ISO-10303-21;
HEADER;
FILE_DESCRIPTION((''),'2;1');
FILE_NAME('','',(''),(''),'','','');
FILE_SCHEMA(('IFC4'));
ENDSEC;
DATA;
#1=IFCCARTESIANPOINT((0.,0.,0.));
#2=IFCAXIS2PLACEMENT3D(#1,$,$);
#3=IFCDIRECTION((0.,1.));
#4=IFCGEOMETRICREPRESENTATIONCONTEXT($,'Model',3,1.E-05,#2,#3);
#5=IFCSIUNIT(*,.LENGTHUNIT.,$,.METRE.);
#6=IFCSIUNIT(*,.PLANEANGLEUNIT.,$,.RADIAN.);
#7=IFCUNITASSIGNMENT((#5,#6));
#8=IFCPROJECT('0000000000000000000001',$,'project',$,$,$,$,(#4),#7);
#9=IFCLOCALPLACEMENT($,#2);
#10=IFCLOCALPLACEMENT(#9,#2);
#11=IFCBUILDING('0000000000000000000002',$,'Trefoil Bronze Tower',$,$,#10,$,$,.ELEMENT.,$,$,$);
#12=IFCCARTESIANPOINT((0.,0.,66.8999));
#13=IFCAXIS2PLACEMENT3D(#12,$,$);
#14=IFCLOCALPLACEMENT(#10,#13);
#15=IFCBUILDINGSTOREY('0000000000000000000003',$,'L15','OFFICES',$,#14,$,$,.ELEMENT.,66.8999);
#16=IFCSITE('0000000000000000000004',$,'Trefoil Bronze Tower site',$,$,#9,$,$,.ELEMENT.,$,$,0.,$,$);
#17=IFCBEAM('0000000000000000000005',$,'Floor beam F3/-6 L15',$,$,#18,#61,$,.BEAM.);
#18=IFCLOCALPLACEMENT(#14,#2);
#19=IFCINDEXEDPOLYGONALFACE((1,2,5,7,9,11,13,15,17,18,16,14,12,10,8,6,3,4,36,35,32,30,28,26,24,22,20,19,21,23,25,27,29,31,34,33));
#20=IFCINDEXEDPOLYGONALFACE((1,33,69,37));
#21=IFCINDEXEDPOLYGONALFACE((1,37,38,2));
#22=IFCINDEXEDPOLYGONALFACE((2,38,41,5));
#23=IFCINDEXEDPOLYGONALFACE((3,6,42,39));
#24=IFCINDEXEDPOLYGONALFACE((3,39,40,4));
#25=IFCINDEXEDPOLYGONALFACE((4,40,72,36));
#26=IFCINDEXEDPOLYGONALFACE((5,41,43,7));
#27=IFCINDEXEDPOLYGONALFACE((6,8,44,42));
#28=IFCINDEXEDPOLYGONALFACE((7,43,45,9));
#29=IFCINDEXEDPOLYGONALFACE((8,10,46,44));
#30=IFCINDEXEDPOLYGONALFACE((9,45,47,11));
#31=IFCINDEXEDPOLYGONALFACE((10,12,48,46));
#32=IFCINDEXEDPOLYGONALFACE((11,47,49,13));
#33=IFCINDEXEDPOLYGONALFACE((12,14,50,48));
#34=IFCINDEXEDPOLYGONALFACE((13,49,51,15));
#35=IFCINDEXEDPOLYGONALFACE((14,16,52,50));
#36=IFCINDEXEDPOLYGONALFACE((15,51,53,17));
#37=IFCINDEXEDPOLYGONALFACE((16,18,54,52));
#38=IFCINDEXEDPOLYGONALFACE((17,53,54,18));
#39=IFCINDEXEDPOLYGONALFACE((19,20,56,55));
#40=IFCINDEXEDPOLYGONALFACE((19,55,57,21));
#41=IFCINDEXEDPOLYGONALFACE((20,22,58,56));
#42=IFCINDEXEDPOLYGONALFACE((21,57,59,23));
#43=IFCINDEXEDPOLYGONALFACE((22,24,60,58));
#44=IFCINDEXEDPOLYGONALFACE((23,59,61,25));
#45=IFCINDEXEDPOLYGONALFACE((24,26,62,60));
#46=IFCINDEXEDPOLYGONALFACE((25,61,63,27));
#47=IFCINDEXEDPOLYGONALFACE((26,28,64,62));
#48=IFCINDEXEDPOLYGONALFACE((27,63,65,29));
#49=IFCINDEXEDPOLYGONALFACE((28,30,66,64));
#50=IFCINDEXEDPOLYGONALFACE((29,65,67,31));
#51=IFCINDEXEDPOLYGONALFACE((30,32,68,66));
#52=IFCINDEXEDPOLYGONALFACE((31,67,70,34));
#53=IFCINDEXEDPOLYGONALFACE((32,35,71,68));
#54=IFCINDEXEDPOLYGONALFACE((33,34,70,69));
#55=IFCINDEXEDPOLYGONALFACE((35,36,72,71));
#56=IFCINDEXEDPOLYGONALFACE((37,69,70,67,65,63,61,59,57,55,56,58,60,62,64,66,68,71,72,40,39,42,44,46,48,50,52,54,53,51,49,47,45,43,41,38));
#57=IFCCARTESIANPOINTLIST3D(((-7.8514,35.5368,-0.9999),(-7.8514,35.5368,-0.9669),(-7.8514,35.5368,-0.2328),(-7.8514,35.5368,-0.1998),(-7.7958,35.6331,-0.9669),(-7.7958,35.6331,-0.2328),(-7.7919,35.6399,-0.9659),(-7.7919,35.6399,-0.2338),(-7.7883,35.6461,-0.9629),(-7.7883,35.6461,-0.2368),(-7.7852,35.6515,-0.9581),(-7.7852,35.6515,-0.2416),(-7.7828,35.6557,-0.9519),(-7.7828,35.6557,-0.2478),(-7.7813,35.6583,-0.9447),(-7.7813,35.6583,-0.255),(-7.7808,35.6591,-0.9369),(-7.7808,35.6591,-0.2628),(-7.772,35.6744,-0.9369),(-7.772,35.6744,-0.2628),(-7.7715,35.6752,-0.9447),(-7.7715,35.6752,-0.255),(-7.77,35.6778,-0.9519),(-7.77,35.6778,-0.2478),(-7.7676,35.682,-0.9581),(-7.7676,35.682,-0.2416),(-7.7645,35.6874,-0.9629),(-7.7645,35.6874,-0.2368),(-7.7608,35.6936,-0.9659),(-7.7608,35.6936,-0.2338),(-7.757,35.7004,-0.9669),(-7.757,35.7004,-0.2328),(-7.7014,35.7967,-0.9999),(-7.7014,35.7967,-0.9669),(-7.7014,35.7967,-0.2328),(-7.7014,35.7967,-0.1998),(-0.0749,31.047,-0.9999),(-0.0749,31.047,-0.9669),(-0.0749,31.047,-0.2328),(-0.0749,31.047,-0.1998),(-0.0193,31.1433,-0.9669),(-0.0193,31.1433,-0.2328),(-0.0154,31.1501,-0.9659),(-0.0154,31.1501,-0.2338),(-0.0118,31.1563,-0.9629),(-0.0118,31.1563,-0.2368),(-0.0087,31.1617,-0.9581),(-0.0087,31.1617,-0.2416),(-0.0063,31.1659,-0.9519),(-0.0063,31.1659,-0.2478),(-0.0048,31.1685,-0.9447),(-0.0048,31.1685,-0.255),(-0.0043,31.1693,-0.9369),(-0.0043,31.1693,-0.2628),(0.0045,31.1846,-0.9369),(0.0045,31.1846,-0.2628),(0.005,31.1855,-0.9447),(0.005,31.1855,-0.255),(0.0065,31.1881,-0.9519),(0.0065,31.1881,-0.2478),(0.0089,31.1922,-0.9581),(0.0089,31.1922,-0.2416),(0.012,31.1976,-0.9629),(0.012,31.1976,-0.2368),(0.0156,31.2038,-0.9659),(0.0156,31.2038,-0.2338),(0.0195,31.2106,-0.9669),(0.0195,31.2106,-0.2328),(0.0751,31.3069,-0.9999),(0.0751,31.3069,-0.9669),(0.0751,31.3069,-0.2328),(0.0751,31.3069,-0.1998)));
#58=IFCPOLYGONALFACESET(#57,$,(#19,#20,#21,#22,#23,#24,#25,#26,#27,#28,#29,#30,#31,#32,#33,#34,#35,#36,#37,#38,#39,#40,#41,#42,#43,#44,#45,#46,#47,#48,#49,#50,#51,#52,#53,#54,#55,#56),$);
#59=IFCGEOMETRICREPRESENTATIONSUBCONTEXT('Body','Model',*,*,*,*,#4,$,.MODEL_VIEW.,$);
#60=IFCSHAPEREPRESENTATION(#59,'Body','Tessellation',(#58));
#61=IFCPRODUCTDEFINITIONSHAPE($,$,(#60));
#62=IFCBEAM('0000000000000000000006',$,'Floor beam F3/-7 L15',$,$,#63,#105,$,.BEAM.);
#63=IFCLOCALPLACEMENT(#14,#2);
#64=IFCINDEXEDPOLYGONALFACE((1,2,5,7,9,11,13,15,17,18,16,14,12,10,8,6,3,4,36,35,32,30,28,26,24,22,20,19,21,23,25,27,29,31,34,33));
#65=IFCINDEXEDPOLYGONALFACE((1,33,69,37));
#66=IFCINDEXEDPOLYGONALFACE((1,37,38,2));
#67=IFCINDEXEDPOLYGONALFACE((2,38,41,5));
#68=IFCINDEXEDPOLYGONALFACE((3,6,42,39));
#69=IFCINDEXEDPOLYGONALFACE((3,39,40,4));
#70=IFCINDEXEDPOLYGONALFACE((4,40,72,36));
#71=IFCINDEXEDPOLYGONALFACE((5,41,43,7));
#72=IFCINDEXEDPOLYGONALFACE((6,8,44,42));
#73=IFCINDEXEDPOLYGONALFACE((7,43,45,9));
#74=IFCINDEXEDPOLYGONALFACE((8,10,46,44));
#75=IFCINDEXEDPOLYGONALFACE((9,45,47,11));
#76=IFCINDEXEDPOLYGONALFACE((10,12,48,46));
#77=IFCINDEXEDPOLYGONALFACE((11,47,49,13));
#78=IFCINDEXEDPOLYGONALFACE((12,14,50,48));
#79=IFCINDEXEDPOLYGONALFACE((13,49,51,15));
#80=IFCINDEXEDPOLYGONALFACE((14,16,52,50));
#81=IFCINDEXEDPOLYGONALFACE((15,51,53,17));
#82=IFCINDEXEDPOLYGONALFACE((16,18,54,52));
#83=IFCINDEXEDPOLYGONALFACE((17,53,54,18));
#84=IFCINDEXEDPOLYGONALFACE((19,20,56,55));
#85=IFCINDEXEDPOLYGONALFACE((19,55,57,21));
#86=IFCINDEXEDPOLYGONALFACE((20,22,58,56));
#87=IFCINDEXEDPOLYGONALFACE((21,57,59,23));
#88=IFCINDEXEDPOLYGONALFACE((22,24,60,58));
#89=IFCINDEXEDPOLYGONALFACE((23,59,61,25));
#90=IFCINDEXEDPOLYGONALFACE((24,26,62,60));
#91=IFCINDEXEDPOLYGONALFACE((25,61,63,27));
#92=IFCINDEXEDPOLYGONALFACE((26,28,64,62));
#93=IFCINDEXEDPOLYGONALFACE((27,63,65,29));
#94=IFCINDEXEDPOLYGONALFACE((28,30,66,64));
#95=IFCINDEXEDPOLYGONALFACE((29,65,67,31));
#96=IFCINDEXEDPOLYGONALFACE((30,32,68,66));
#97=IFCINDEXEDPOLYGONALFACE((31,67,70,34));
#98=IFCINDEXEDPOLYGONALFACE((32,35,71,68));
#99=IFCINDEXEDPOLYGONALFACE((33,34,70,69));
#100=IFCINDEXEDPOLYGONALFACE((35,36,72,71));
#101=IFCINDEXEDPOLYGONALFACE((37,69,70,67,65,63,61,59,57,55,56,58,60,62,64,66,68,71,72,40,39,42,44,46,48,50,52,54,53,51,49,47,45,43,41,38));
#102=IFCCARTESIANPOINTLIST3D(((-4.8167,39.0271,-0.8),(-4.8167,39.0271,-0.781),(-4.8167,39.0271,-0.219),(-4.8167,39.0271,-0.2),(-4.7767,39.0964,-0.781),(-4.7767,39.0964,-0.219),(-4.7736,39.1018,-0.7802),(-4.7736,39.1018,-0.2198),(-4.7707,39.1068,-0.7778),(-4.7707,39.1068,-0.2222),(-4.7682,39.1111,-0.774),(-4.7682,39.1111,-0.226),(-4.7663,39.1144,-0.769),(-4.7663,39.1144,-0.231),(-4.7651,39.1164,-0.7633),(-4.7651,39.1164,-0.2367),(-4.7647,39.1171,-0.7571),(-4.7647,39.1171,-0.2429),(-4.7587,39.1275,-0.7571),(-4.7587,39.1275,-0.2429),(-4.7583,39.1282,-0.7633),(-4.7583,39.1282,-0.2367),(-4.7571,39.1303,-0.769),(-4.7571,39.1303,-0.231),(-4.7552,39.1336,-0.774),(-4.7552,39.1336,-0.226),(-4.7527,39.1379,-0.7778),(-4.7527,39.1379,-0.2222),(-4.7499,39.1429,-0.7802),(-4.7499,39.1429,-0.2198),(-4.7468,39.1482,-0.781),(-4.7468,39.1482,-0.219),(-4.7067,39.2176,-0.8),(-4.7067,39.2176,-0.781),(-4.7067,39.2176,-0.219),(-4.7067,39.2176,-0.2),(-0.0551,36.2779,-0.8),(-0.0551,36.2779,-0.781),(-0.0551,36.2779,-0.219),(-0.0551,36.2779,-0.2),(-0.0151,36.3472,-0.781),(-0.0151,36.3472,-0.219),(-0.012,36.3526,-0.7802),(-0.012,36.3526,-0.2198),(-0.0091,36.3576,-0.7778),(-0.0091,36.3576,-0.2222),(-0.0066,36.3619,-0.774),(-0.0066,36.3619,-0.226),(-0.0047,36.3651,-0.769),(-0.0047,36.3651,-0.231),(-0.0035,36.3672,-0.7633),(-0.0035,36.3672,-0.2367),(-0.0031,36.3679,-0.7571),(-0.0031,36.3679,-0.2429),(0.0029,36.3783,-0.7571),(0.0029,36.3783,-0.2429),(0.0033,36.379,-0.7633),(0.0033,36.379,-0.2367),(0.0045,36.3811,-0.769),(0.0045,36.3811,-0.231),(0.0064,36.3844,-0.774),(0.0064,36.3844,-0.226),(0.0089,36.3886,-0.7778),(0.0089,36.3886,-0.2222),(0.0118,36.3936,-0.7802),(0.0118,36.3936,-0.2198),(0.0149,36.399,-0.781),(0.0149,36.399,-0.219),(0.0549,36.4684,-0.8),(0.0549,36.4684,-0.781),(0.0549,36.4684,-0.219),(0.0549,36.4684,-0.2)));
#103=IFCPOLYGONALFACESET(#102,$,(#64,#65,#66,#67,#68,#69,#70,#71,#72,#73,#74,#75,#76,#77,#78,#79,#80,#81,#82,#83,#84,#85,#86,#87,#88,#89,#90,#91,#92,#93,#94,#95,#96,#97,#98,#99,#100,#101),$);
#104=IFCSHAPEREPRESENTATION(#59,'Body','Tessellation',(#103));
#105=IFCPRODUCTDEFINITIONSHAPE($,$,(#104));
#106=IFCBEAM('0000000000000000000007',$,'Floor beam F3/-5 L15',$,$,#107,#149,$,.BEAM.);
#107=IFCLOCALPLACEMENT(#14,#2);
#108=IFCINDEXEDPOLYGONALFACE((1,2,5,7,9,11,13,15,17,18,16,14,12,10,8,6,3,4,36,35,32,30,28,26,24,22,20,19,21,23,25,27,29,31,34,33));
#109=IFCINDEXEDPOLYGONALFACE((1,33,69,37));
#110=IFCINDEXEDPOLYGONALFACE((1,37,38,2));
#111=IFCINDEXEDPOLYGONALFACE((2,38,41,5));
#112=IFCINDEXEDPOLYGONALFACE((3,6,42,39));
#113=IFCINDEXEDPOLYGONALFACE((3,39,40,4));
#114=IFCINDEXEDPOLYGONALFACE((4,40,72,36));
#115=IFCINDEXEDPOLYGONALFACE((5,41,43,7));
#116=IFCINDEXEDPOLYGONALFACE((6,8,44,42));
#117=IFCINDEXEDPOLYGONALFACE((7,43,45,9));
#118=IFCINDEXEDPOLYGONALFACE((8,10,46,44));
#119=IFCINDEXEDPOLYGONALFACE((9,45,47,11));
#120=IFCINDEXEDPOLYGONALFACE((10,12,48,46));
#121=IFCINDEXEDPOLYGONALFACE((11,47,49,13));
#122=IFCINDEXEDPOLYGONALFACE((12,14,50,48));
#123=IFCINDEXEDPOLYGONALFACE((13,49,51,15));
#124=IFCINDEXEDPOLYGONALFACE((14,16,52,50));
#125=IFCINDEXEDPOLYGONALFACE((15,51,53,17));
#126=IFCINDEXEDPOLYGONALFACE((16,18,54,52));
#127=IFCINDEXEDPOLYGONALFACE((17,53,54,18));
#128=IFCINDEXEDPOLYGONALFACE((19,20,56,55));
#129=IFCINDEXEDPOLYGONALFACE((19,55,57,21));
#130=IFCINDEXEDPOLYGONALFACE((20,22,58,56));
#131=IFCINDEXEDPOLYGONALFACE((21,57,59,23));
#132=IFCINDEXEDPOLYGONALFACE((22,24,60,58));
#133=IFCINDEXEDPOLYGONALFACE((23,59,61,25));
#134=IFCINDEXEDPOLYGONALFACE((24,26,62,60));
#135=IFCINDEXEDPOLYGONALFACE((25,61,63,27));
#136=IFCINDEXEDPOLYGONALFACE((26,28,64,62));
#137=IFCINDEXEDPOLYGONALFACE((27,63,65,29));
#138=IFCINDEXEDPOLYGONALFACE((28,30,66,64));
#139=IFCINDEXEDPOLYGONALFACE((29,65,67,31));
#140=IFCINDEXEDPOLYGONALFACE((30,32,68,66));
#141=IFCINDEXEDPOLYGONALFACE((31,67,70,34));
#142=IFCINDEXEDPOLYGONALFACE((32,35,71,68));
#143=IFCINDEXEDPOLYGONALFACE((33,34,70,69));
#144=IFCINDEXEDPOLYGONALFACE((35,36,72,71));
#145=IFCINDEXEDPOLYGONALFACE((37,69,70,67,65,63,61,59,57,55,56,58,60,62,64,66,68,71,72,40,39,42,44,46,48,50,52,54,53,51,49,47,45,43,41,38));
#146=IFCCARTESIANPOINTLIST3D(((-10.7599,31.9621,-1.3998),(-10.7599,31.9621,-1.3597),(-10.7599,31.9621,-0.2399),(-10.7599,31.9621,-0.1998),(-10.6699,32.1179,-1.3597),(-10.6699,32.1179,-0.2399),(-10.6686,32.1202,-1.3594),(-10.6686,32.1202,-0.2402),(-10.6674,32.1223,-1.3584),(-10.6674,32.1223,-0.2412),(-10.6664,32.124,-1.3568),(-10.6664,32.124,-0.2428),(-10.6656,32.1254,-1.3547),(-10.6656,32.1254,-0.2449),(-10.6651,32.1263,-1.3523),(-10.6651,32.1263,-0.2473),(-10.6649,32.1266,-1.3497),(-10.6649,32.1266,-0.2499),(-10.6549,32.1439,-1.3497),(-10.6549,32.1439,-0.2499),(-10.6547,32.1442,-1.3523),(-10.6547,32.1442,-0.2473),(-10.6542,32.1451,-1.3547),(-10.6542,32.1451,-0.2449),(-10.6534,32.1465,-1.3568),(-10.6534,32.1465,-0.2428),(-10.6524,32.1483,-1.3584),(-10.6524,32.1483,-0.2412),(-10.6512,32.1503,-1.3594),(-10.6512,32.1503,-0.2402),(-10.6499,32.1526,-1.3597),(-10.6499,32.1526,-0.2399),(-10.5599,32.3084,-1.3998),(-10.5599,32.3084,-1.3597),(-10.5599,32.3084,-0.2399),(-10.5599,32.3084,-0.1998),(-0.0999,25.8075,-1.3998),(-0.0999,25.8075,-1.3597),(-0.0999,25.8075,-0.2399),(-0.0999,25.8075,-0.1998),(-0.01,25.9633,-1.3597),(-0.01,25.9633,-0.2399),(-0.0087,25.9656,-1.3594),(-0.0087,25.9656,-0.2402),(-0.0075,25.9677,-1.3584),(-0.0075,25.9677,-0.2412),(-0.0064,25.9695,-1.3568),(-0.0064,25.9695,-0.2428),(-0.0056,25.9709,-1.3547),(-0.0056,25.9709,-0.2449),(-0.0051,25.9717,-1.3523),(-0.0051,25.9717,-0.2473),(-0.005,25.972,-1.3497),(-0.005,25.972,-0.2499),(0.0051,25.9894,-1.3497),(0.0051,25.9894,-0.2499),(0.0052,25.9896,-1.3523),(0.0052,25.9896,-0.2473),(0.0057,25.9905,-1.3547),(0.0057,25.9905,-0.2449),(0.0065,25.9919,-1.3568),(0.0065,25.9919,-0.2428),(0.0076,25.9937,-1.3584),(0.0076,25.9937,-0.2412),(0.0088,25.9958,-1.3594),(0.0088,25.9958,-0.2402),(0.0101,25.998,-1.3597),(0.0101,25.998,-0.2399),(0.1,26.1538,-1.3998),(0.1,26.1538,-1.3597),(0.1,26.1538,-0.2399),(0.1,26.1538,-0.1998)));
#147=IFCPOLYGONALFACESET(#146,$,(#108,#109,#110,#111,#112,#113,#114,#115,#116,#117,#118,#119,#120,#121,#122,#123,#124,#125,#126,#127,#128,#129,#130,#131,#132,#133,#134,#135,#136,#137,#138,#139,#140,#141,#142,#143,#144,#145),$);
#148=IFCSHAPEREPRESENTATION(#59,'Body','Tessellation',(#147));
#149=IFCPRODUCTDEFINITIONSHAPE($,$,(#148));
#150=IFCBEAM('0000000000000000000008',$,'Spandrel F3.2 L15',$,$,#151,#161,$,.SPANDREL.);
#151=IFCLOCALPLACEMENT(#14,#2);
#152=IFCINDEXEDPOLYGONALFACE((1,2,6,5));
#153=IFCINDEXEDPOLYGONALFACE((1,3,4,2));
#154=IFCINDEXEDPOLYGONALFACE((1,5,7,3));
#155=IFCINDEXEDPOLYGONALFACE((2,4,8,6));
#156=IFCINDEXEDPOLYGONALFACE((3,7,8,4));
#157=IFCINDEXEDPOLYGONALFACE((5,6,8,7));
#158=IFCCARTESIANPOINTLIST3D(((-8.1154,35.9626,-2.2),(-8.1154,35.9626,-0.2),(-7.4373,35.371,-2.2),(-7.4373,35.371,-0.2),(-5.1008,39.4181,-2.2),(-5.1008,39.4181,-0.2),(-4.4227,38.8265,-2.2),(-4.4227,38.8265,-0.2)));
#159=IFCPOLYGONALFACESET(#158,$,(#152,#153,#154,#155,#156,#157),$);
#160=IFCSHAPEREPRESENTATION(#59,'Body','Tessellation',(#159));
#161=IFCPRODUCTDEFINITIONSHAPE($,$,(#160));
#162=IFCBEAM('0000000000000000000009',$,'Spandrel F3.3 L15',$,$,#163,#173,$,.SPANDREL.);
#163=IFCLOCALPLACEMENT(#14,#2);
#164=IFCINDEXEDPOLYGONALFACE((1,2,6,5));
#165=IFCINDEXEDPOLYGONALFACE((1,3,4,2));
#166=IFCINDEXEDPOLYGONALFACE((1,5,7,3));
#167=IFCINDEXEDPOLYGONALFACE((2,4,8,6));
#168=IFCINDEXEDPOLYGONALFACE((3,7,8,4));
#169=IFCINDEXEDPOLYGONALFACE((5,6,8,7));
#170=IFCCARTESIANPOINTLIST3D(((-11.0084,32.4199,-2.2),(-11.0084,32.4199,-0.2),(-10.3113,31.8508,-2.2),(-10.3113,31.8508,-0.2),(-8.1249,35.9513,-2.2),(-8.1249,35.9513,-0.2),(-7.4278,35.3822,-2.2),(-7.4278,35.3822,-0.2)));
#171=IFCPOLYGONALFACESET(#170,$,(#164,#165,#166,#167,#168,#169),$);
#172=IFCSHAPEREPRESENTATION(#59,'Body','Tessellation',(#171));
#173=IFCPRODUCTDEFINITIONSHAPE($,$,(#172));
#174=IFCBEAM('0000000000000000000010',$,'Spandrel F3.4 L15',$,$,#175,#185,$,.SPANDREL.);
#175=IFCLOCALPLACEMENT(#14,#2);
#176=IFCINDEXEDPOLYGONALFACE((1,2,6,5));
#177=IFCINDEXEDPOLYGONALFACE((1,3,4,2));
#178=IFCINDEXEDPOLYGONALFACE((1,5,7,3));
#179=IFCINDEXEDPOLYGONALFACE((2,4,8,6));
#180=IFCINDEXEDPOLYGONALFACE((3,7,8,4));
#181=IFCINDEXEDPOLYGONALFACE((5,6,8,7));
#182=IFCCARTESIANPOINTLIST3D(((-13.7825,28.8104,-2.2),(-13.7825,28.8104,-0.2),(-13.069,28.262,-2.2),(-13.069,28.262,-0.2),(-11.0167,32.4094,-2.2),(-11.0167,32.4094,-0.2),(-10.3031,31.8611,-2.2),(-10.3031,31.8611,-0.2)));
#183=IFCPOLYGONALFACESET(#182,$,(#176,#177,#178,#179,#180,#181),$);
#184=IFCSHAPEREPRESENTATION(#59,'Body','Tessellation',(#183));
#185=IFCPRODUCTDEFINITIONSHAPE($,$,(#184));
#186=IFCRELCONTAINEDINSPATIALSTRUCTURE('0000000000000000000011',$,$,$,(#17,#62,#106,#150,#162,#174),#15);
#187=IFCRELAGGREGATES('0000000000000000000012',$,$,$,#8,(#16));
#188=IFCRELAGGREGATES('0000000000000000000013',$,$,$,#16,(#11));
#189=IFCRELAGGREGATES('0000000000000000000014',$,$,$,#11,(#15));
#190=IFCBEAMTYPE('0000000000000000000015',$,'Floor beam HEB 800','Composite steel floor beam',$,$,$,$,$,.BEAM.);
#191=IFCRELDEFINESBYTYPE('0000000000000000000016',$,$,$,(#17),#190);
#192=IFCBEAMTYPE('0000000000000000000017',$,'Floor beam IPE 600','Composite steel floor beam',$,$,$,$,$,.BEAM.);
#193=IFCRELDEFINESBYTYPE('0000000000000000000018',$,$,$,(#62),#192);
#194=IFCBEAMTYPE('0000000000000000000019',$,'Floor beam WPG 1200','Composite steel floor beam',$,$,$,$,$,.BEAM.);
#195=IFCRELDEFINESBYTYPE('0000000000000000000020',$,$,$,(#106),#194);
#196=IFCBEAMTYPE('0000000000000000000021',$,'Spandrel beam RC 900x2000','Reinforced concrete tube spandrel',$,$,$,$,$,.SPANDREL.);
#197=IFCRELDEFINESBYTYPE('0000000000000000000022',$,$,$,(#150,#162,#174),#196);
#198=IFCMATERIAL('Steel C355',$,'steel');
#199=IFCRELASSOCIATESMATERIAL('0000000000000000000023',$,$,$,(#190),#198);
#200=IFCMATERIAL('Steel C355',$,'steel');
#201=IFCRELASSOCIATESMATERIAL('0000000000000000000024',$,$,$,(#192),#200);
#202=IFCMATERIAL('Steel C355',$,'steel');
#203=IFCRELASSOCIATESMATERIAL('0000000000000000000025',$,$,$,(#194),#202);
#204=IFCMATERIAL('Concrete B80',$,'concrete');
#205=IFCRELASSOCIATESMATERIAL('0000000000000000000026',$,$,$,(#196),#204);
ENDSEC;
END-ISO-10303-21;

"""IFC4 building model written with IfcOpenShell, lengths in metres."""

from ifc_helpers import new_model, si_unit, direction, frame, origin, origin_2d, place, context, subcontext, project, spatial, rectangle, i_section, extrude, material, material_profile, profile_set, type_object, element, save


model = new_model("IFC4")

# Units and contexts
model_context = context("Model", 3, precision=1e-05, world=origin(), true_north=direction((0.0, 1.0)))
body_context = subcontext(model_context, "Body", "Model", "MODEL_VIEW")
ifc_project = project(units=[si_unit("LENGTHUNIT", "METRE"), si_unit("PLANEANGLEUNIT", "RADIAN")], contexts=[model_context])

# Site, building, storey
site_placement = place(None, origin())
site = spatial("IfcSite", under=ifc_project, at=site_placement, Name="Trefoil Bronze Tower site", CompositionType="ELEMENT", RefElevation=0.0)
building_placement = place(site_placement, origin())
building = spatial("IfcBuilding", under=site, at=building_placement, Name="Trefoil Bronze Tower", CompositionType="ELEMENT")
storey_placement = place(building_placement, frame((0.0, 0.0, 66.8999)))
storey = spatial("IfcBuildingStorey", under=building, at=storey_placement, Name="L15", Description="OFFICES", CompositionType="ELEMENT", Elevation=66.8999)

# Beams
ifc_material_1 = material(Name="Steel C355", Category="steel")
ifc_material_profile_1 = material_profile(ifc_material_1, i_section(OverallWidth=0.3, OverallDepth=0.8, WebThickness=0.0176, FlangeThickness=0.033, FilletRadius=0.03, at=origin_2d()), Name="HEB 800")
ifc_profile_set_1 = profile_set([ifc_material_profile_1], Name="Steel C355")
beam_type_1 = type_object("IfcBeamType", Name="Floor beam HEB 800", Description="Composite steel floor beam", PredefinedType="BEAM", material=ifc_profile_set_1)
beam_1_placement = place(storey_placement, frame((-7.7764, 35.6667, -0.5999), z_axis=(0.866023, -0.500005, 0.0), x_axis=(0.500005, 0.866023, 0.0)))
element("IfcBeam", 1, at=beam_1_placement, inside=storey, type_object=beam_type_1, Name="Floor beam F3/-6 L15", PredefinedType="BEAM", context=body_context, shape_type="SweptSolid", body=[
    extrude(i_section(OverallWidth=0.3, OverallDepth=0.8, WebThickness=0.0176, FlangeThickness=0.033, FilletRadius=0.03, at=origin_2d()), origin(), (0.0, 0.0, 1.0), 8.9795),
])
ifc_material_2 = material(Name="Steel C355", Category="steel")
ifc_material_profile_2 = material_profile(ifc_material_2, i_section(OverallWidth=0.22, OverallDepth=0.6001, WebThickness=0.012, FlangeThickness=0.019, FilletRadius=0.0239, at=origin_2d()), Name="IPE 600")
ifc_profile_set_2 = profile_set([ifc_material_profile_2], Name="Steel C355")
beam_type_2 = type_object("IfcBeamType", Name="Floor beam IPE 600", Description="Composite steel floor beam", PredefinedType="BEAM", material=ifc_profile_set_2)
beam_2_placement = place(storey_placement, frame((-4.7617, 39.1223, -0.5), z_axis=(0.866018, -0.500012, 0.0), x_axis=(0.500012, 0.866018, 0.0)))
element("IfcBeam", 2, at=beam_2_placement, inside=storey, type_object=beam_type_2, Name="Floor beam F3/-7 L15", PredefinedType="BEAM", context=body_context, shape_type="SweptSolid", body=[
    extrude(i_section(OverallWidth=0.22, OverallDepth=0.6001, WebThickness=0.012, FlangeThickness=0.019, FilletRadius=0.0239, at=origin_2d()), origin(), (0.0, 0.0, 1.0), 5.4983),
])
ifc_material_3 = material(Name="Steel C355", Category="steel")
ifc_material_profile_3 = material_profile(ifc_material_3, i_section(OverallWidth=0.3999, OverallDepth=1.2, WebThickness=0.02, FlangeThickness=0.04, FilletRadius=0.01, at=origin_2d()), Name="WPG 1200")
ifc_profile_set_3 = profile_set([ifc_material_profile_3], Name="Steel C355")
beam_type_3 = type_object("IfcBeamType", Name="Floor beam WPG 1200", Description="Composite steel floor beam", PredefinedType="BEAM", material=ifc_profile_set_3)
beam_3_placement = place(storey_placement, frame((-10.6599, 32.1353, -0.7998), z_axis=(0.866024, -0.500002, 0.0), x_axis=(0.500002, 0.866024, 0.0)))
element("IfcBeam", 3, at=beam_3_placement, inside=storey, type_object=beam_type_3, Name="Floor beam F3/-5 L15", PredefinedType="BEAM", context=body_context, shape_type="SweptSolid", body=[
    extrude(i_section(OverallWidth=0.3999, OverallDepth=1.2, WebThickness=0.02, FlangeThickness=0.04, FilletRadius=0.01, at=origin_2d()), origin(), (0.0, 0.0, 1.0), 12.3091),
])
ifc_material_4 = material(Name="Concrete B80", Category="concrete")
ifc_material_profile_4 = material_profile(ifc_material_4, rectangle(XDim=0.8999, YDim=2.0, at=origin_2d()), Name="RC 900x2000")
ifc_profile_set_4 = profile_set([ifc_material_profile_4], Name="Concrete B80")
beam_type_4 = type_object("IfcBeamType", Name="Spandrel beam RC 900x2000", Description="Reinforced concrete tube spandrel", PredefinedType="SPANDREL", material=ifc_profile_set_4)
beam_4_placement = place(storey_placement, frame((-4.7617, 39.1223, -1.2), z_axis=(-0.657396, -0.753545, 0.0), x_axis=(0.753545, -0.657396, 0.0)))
element("IfcBeam", 4, at=beam_4_placement, inside=storey, type_object=beam_type_4, Name="Spandrel F3.2 L15", PredefinedType="SPANDREL", context=body_context, shape_type="SweptSolid", body=[
    extrude(rectangle(XDim=0.8999, YDim=2.0, at=origin_2d()), origin(), (0.0, 0.0, 1.0), 4.5857),
])
beam_5_placement = place(storey_placement, frame((-7.7764, 35.6667, -1.2), z_axis=(-0.632468, -0.774587, 0.0), x_axis=(0.774587, -0.632468, 0.0)))
element("IfcBeam", 5, at=beam_5_placement, inside=storey, type_object=beam_type_4, Name="Spandrel F3.3 L15", PredefinedType="SPANDREL", context=body_context, shape_type="SweptSolid", body=[
    extrude(rectangle(XDim=0.8999, YDim=2.0, at=origin_2d()), origin(), (0.0, 0.0, 1.0), 4.5591),
])
beam_6_placement = place(storey_placement, frame((-10.6599, 32.1353, -1.2), z_axis=(-0.609339, -0.79291, 0.0), x_axis=(0.79291, -0.609339, 0.0)))
element("IfcBeam", 6, at=beam_6_placement, inside=storey, type_object=beam_type_4, Name="Spandrel F3.4 L15", PredefinedType="SPANDREL", context=body_context, shape_type="SweptSolid", body=[
    extrude(rectangle(XDim=0.8999, YDim=2.0, at=origin_2d()), origin(), (0.0, 0.0, 1.0), 4.5391),
])

save(model, "model.ifc")
